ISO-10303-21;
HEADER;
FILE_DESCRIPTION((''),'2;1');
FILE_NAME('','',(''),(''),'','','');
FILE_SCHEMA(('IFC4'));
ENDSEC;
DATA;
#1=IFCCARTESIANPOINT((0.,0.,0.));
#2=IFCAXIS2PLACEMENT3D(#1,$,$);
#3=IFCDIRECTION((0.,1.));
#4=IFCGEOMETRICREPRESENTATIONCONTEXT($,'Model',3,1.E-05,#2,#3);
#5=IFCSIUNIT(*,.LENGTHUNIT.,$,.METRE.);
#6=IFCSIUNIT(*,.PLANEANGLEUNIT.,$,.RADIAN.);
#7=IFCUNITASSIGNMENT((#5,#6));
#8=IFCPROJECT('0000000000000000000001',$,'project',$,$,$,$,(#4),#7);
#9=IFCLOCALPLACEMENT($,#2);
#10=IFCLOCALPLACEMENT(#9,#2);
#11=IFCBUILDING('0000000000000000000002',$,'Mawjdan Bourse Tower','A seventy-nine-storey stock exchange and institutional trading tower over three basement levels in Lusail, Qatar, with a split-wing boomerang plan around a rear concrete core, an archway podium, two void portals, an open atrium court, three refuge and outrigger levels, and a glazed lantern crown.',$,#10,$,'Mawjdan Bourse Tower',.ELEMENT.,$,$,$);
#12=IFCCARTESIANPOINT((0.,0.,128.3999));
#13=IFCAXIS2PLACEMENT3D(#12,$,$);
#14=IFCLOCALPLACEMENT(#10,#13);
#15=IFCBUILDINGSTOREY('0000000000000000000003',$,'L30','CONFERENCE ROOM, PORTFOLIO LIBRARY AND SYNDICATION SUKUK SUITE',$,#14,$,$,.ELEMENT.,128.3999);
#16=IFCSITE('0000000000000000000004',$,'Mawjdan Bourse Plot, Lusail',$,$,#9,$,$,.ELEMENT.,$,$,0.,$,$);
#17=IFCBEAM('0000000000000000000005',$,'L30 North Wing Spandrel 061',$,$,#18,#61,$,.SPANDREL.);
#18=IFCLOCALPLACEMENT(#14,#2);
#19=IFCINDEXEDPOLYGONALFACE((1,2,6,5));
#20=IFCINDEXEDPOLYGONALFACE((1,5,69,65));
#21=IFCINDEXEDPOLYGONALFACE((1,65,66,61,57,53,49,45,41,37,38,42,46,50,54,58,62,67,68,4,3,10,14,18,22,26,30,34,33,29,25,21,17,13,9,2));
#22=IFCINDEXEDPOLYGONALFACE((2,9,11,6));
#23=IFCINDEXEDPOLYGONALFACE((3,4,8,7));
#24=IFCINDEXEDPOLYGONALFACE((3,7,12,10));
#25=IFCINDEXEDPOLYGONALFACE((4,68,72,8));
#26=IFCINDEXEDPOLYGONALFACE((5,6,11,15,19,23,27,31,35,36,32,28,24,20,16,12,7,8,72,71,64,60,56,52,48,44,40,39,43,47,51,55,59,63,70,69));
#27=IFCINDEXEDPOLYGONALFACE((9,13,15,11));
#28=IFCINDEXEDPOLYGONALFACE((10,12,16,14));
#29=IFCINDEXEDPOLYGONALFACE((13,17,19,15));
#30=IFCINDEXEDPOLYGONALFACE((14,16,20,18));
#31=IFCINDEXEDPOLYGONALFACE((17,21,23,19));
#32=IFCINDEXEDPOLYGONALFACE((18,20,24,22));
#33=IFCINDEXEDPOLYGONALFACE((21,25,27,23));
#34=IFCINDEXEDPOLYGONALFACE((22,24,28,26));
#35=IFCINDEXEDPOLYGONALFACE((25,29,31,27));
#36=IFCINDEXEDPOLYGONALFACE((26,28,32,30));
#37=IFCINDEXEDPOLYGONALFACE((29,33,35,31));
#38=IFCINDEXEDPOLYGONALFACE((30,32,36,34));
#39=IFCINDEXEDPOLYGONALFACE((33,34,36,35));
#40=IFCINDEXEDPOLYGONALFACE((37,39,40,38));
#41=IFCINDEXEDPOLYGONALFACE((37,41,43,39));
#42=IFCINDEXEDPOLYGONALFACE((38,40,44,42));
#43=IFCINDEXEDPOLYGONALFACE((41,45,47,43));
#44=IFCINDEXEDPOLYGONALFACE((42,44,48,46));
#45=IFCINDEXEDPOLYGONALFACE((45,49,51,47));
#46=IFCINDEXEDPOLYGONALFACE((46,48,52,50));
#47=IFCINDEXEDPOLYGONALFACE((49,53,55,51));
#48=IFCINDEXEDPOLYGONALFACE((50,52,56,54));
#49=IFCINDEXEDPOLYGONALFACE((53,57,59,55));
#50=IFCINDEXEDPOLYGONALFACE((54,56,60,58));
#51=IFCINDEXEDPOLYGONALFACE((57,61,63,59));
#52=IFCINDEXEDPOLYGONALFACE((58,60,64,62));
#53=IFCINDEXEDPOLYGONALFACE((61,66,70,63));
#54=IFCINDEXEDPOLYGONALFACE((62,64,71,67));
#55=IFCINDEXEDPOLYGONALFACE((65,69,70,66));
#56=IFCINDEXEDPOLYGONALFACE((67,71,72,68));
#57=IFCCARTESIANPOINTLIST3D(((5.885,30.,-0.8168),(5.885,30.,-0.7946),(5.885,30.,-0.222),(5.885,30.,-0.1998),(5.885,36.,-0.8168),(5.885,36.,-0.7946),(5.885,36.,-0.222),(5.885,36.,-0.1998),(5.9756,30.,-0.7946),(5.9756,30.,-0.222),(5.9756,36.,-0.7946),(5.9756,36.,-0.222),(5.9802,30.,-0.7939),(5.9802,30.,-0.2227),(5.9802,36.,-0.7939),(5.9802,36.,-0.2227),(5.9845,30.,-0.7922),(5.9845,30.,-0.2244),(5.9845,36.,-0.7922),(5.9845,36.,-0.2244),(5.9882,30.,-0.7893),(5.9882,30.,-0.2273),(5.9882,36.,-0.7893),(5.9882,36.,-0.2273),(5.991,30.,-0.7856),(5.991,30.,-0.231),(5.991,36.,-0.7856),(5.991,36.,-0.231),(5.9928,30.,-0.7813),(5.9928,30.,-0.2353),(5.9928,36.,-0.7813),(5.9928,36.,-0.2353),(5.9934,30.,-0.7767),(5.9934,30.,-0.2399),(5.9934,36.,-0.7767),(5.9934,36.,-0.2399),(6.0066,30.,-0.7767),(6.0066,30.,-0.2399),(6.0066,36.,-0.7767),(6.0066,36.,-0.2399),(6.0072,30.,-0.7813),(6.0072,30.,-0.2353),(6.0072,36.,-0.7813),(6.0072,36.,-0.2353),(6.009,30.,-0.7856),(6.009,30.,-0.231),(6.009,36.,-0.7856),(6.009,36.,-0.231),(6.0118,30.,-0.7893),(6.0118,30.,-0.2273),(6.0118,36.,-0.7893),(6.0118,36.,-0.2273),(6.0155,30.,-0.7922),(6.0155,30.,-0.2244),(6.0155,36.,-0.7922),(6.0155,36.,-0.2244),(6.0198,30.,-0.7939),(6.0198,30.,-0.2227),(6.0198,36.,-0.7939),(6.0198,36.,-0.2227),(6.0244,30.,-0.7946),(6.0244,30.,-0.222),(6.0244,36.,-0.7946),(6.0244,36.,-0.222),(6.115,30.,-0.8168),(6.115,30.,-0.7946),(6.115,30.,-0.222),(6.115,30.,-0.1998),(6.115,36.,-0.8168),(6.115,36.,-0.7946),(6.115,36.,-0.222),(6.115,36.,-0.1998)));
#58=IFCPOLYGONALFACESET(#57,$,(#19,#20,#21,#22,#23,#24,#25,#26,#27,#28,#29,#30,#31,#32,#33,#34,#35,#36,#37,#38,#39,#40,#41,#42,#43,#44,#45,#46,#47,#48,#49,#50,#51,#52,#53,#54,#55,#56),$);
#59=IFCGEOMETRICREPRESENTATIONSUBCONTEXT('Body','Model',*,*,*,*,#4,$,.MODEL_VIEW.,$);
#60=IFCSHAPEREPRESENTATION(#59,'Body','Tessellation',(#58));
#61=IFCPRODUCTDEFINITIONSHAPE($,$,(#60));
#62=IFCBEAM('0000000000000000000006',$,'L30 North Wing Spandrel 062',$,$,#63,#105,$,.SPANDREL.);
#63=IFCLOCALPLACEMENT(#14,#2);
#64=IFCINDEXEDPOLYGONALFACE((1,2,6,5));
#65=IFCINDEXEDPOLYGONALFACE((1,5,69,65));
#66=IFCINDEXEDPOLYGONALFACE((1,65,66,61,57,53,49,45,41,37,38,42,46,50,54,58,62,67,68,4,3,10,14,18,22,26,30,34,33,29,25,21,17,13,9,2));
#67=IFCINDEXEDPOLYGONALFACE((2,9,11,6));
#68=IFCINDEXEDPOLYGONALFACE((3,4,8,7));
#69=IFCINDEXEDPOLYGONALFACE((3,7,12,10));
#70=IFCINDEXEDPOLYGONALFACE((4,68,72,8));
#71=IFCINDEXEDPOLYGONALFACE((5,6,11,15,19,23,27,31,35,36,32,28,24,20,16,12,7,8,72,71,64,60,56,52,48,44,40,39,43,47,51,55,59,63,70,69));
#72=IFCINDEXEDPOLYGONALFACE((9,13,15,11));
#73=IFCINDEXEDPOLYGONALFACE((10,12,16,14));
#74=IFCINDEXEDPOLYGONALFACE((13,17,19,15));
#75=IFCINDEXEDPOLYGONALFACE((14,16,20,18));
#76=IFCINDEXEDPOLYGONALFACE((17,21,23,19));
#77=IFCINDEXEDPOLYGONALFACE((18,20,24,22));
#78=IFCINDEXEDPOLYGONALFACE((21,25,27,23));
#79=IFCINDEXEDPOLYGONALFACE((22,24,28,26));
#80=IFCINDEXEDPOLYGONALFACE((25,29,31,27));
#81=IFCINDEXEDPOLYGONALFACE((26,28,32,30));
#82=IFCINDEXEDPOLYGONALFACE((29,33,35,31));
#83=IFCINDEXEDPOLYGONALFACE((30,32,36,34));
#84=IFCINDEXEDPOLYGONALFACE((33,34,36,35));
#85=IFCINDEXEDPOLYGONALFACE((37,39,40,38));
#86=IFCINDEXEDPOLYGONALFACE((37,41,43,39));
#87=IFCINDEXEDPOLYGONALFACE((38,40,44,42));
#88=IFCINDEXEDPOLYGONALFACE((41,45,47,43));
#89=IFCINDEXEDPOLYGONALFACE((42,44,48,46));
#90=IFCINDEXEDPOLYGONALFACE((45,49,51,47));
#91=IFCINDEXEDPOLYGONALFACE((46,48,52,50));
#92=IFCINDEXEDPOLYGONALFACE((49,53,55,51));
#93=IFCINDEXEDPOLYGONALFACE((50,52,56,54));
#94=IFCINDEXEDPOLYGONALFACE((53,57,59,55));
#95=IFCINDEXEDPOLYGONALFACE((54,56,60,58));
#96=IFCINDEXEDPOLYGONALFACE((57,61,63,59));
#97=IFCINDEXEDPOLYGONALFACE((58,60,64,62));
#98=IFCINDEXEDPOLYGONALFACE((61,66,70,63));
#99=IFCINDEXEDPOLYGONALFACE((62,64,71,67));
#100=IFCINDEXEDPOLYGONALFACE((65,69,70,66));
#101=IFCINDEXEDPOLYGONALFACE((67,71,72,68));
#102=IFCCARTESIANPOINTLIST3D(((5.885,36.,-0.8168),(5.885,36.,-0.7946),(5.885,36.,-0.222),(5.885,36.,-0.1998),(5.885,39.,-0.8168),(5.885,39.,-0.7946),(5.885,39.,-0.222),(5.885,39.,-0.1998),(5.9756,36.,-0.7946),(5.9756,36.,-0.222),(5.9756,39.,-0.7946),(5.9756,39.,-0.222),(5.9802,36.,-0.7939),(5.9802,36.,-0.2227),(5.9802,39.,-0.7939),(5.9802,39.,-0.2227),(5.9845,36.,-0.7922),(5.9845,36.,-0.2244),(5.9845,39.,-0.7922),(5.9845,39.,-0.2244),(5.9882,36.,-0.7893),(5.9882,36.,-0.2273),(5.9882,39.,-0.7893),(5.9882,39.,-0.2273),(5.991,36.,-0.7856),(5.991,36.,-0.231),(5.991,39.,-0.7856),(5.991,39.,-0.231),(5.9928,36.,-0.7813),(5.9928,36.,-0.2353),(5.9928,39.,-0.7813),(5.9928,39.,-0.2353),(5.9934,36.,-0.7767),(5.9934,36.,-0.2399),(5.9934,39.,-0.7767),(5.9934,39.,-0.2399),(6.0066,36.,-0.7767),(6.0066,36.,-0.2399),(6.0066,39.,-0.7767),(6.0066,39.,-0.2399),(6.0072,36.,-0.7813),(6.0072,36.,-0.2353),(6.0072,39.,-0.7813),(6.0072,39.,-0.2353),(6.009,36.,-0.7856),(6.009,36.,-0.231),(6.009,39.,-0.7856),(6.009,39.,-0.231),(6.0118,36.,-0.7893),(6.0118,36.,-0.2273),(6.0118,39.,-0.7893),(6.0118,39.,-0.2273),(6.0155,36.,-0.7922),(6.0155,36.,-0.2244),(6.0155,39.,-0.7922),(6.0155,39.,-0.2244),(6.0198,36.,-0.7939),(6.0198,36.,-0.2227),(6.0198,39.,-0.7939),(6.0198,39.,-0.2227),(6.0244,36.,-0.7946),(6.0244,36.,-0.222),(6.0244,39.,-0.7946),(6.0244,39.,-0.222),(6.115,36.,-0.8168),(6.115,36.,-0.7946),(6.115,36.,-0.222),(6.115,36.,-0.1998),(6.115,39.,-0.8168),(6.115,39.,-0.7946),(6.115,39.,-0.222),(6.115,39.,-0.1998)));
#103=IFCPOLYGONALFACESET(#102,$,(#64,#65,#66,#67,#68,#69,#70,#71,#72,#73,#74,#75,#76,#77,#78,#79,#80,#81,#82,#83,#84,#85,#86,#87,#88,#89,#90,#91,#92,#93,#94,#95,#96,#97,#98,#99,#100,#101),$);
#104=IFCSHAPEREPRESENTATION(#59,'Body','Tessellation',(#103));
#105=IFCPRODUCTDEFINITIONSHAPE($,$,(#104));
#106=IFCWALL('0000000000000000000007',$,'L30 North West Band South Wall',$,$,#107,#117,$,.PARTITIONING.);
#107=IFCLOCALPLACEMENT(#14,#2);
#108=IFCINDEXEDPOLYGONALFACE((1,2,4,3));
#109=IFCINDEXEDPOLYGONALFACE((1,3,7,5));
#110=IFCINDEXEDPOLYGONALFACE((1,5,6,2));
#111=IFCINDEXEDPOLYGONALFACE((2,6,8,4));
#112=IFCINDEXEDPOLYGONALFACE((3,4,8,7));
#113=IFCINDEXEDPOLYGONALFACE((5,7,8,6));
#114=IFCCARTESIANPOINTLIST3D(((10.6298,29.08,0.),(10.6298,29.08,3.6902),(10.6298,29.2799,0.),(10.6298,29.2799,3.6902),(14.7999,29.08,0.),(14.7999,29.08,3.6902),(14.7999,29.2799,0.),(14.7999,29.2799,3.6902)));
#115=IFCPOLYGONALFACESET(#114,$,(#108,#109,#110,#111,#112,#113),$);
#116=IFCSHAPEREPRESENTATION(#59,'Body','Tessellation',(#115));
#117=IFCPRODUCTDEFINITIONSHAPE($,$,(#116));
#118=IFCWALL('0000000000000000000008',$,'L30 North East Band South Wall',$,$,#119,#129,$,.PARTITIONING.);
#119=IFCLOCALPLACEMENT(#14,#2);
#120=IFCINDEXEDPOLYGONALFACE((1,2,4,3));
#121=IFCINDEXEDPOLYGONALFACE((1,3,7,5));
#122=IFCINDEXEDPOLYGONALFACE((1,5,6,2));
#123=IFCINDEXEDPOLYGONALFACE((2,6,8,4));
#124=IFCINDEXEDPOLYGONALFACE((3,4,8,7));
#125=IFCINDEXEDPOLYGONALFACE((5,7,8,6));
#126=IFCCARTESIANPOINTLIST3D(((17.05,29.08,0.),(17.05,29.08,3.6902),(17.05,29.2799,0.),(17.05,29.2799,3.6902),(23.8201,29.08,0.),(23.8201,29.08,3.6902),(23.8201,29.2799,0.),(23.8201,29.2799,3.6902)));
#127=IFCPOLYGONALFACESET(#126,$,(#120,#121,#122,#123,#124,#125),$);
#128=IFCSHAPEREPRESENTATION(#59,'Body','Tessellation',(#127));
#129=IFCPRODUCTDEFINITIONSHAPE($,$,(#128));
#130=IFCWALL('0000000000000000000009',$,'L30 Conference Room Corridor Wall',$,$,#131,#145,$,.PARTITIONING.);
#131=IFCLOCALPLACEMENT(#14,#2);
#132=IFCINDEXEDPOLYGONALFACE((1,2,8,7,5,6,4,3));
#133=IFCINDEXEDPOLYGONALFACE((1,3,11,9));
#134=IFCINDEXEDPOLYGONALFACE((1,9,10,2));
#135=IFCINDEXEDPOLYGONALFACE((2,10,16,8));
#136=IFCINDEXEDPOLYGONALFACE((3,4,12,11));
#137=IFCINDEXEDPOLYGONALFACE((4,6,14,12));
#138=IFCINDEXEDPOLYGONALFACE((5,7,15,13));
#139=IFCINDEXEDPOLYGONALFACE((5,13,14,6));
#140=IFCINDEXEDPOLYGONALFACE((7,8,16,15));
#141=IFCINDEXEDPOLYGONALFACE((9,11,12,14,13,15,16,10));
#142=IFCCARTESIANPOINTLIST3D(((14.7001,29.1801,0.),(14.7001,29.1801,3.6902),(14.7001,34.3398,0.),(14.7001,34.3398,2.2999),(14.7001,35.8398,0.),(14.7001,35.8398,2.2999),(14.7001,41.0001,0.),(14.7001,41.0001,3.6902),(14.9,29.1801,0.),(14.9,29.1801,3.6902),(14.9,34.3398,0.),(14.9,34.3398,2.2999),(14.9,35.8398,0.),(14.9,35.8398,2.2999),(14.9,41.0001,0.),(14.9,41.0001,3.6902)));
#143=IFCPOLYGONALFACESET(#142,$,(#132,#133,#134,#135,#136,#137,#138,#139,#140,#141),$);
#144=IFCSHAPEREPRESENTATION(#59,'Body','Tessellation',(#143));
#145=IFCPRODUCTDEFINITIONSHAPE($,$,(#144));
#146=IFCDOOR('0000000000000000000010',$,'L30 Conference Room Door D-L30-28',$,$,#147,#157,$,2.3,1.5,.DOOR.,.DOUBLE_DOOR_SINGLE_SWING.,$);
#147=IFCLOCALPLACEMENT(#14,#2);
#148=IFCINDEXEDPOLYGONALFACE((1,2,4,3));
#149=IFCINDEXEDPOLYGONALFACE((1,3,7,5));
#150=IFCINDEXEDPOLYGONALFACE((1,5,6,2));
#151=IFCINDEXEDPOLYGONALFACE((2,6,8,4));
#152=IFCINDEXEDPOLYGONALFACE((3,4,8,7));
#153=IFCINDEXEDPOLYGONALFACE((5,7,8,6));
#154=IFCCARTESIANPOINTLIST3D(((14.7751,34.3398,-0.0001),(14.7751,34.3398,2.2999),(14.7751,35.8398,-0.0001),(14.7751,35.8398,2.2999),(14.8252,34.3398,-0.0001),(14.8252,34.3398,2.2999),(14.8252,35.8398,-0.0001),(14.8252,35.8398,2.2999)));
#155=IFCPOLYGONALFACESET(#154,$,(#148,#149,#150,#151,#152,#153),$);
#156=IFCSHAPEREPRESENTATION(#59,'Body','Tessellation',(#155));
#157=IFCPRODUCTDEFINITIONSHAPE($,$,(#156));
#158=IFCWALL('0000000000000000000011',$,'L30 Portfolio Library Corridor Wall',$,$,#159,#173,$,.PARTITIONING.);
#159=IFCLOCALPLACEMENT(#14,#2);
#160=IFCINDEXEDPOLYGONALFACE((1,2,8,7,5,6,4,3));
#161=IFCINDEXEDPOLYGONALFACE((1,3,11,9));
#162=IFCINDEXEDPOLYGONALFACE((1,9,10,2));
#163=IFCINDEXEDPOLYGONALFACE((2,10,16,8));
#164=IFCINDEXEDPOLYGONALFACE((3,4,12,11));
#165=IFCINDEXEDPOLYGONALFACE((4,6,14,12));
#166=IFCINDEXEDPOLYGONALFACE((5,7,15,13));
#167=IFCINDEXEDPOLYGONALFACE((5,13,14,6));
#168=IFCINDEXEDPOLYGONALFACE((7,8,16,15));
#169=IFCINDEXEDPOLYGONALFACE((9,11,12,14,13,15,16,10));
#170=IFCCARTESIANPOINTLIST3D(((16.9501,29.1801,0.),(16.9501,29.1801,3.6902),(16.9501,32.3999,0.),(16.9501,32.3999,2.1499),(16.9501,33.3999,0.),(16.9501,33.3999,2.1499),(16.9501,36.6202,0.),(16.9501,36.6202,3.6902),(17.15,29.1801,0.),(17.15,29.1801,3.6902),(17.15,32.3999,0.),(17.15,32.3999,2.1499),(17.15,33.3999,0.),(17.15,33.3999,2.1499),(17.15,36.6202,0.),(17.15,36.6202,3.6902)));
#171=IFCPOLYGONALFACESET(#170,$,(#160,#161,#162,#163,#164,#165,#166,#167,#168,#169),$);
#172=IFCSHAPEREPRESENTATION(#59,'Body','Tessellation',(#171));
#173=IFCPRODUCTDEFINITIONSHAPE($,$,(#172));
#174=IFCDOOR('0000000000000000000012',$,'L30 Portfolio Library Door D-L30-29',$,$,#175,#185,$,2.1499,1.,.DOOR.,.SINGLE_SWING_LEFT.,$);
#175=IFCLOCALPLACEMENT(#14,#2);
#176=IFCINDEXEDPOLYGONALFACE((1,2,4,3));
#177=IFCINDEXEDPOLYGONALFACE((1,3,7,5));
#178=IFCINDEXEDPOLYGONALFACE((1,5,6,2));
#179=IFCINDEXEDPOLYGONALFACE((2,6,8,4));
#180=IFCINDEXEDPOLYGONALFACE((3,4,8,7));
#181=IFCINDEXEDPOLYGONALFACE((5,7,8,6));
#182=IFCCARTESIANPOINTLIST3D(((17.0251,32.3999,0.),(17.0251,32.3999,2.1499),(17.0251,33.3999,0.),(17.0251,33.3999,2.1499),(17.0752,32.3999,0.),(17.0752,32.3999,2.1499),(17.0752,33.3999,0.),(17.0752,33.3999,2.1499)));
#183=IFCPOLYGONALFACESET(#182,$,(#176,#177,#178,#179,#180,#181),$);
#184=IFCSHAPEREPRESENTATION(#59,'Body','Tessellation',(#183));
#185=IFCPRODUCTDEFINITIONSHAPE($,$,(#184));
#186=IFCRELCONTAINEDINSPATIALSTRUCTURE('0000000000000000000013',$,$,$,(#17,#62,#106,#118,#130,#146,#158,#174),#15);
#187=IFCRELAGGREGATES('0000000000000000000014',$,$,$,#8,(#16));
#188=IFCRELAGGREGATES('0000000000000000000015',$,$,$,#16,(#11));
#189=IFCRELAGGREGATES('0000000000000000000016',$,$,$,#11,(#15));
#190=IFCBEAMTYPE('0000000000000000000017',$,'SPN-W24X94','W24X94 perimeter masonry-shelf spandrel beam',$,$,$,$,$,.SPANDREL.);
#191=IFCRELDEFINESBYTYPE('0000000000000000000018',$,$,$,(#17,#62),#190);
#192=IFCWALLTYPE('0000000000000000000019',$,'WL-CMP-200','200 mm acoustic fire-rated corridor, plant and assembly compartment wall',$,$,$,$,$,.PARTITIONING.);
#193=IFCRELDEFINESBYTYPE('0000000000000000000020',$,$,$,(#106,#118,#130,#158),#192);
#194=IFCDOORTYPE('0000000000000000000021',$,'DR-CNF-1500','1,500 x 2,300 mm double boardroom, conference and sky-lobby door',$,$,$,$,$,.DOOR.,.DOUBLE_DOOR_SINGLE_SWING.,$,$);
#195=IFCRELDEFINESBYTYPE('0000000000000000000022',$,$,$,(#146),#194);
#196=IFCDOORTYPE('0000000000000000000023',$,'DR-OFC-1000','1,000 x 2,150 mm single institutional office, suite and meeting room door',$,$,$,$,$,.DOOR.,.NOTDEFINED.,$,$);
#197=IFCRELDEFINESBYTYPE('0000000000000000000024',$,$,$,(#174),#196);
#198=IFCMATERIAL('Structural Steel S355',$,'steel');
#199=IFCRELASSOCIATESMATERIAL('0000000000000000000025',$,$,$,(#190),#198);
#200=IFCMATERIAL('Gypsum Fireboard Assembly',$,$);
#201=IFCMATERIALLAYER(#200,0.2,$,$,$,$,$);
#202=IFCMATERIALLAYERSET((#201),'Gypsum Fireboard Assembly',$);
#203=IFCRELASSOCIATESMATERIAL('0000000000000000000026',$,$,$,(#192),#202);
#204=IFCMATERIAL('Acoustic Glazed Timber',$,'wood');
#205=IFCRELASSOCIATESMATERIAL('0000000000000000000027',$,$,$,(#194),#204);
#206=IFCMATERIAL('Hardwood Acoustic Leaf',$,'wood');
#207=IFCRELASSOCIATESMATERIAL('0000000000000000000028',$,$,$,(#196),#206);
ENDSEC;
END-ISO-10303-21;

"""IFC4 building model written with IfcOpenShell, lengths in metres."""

from ifc_helpers import new_model, si_unit, direction, frame, frame_2d, origin, origin_2d, place, context, subcontext, project, spatial, rectangle, i_section, extrude, material, layer, layer_set, material_profile, profile_set, type_object, element, fill, save


model = new_model("IFC4")

# Units and contexts
model_context = context("Model", 3, precision=1e-05, world=origin(), true_north=direction((0.0, 1.0)))
body_context = subcontext(model_context, "Body", "Model", "MODEL_VIEW")
ifc_project = project(units=[si_unit("LENGTHUNIT", "METRE"), si_unit("PLANEANGLEUNIT", "RADIAN")], contexts=[model_context])

# Site, building, storey
site_placement = place(None, origin())
site = spatial("IfcSite", under=ifc_project, at=site_placement, Name="Mawjdan Bourse Plot, Lusail", CompositionType="ELEMENT", RefElevation=0.0)
building_placement = place(site_placement, origin())
building = spatial("IfcBuilding", under=site, at=building_placement, Name="Mawjdan Bourse Tower", Description="A seventy-nine-storey stock exchange and institutional trading tower over three basement levels in Lusail, Qatar, with a split-wing boomerang plan around a rear concrete core, an archway podium, two void portals, an open atrium court, three refuge and outrigger levels, and a glazed lantern crown.", LongName="Mawjdan Bourse Tower", CompositionType="ELEMENT")
storey_placement = place(building_placement, frame((0.0, 0.0, 128.3999)))
storey = spatial("IfcBuildingStorey", under=building, at=storey_placement, Name="L30", Description="CONFERENCE ROOM, PORTFOLIO LIBRARY AND SYNDICATION SUKUK SUITE", CompositionType="ELEMENT", Elevation=128.3999)

# Beams
ifc_material_1 = material(Name="Structural Steel S355", Category="steel")
ifc_material_profile_1 = material_profile(ifc_material_1, i_section(OverallWidth=0.23, OverallDepth=0.6169, WebThickness=0.0132, FlangeThickness=0.0222, FilletRadius=0.0178, at=origin_2d()), Name="W24X94")
ifc_profile_set_1 = profile_set([ifc_material_profile_1], Name="Structural Steel S355")
beam_type_1 = type_object("IfcBeamType", Name="SPN-W24X94", Description="W24X94 perimeter masonry-shelf spandrel beam", PredefinedType="SPANDREL", material=ifc_profile_set_1)
beam_1_placement = place(storey_placement, frame((6.0, 30.0, -0.5083), z_axis=(0.0, 1.0, 0.0), x_axis=(-1.0, 0.0, 0.0)))
element("IfcBeam", 1, at=beam_1_placement, inside=storey, type_object=beam_type_1, Name="L30 North Wing Spandrel 061", PredefinedType="SPANDREL", context=body_context, shape_type="SweptSolid", body=[
    extrude(i_section(OverallWidth=0.23, OverallDepth=0.6169, WebThickness=0.0132, FlangeThickness=0.0222, FilletRadius=0.0178, at=origin_2d()), origin(), (0.0, 0.0, 1.0), 6.0),
])
beam_2_placement = place(storey_placement, frame((6.0, 36.0, -0.5083), z_axis=(0.0, 1.0, 0.0), x_axis=(-1.0, 0.0, 0.0)))
element("IfcBeam", 2, at=beam_2_placement, inside=storey, type_object=beam_type_1, Name="L30 North Wing Spandrel 062", PredefinedType="SPANDREL", context=body_context, shape_type="SweptSolid", body=[
    extrude(i_section(OverallWidth=0.23, OverallDepth=0.6169, WebThickness=0.0132, FlangeThickness=0.0222, FilletRadius=0.0178, at=origin_2d()), origin(), (0.0, 0.0, 1.0), 3.0),
])

# Walls
ifc_material_2 = material(Name="Gypsum Fireboard Assembly")
ifc_layer_1 = layer(ifc_material_2, 0.2)
ifc_layer_set_1 = layer_set([ifc_layer_1], Name="Gypsum Fireboard Assembly")
wall_type = type_object("IfcWallType", Name="WL-CMP-200", Description="200 mm acoustic fire-rated corridor, plant and assembly compartment wall", PredefinedType="PARTITIONING", material=ifc_layer_set_1)
wall_1_placement = place(storey_placement, frame((10.6299, 29.1799, 0.0), z_axis=(0.0, 0.0, 1.0), x_axis=(1.0, 0.0, 0.0)))
element("IfcWall", 3, at=wall_1_placement, inside=storey, type_object=wall_type, Name="L30 North West Band South Wall", PredefinedType="PARTITIONING", context=body_context, shape_type="SweptSolid", body=[
    extrude(rectangle(XDim=4.1702, YDim=0.2, at=frame_2d((2.085, 0.0))), origin(), (0.0, 0.0, 1.0), 3.6902),
])
wall_2_placement = place(storey_placement, frame((17.05, 29.1799, 0.0), z_axis=(0.0, 0.0, 1.0), x_axis=(1.0, 0.0, 0.0)))
element("IfcWall", 4, at=wall_2_placement, inside=storey, type_object=wall_type, Name="L30 North East Band South Wall", PredefinedType="PARTITIONING", context=body_context, shape_type="SweptSolid", body=[
    extrude(rectangle(XDim=6.77, YDim=0.2, at=frame_2d((3.385, 0.0))), origin(), (0.0, 0.0, 1.0), 3.6902),
])

# Walls, openings, doors
wall_3_placement = place(storey_placement, frame((14.8, 29.1799, 0.0), z_axis=(0.0, 0.0, 1.0), x_axis=(0.0, 1.0, 0.0)))
wall_3 = element("IfcWall", 5, at=wall_3_placement, inside=storey, type_object=wall_type, Name="L30 Conference Room Corridor Wall", PredefinedType="PARTITIONING", context=body_context, shape_type="SweptSolid", body=[
    extrude(rectangle(XDim=11.8201, YDim=0.2, at=frame_2d((5.9102, 0.0))), origin(), (0.0, 0.0, 1.0), 3.6902),
])
opening_1_placement = place(wall_3_placement, frame((5.1599, 0.0, 0.0)))
opening_1 = element("IfcOpeningElement", 6, at=opening_1_placement, cuts=wall_3, PredefinedType="OPENING", context=body_context, shape_type="SweptSolid", body=[
    extrude(rectangle(XDim=1.5, YDim=2.3, at=frame_2d((0.75, 1.1499))), frame((0.0, 0.1099, 0.0), z_axis=(0.0, -1.0, 0.0), x_axis=(1.0, 0.0, 0.0)), (0.0, 0.0, 1.0), 0.22),
])
ifc_material_3 = material(Name="Acoustic Glazed Timber", Category="wood")
door_type_1 = type_object("IfcDoorType", Name="DR-CNF-1500", Description="1,500 x 2,300 mm double boardroom, conference and sky-lobby door", OperationType="DOUBLE_DOOR_SINGLE_SWING", PredefinedType="DOOR", material=ifc_material_3)
door_1_placement = place(opening_1_placement, origin())
door_1 = element("IfcDoor", 7, at=door_1_placement, inside=storey, type_object=door_type_1, Name="L30 Conference Room Door D-L30-28", OperationType="DOUBLE_DOOR_SINGLE_SWING", OverallHeight=2.3, OverallWidth=1.5, PredefinedType="DOOR", context=body_context, shape_type="SweptSolid", body=[
    extrude(rectangle(XDim=1.5, YDim=2.3, at=frame_2d((0.75, 1.1499))), frame((0.0, 0.0249, 0.0), z_axis=(0.0, -1.0, 0.0), x_axis=(1.0, 0.0, 0.0)), (0.0, 0.0, 1.0), 0.05),
])
fill(opening_1, door_1)
wall_4_placement = place(storey_placement, frame((17.05, 29.1799, 0.0), z_axis=(0.0, 0.0, 1.0), x_axis=(0.0, 1.0, 0.0)))
wall_4 = element("IfcWall", 8, at=wall_4_placement, inside=storey, type_object=wall_type, Name="L30 Portfolio Library Corridor Wall", PredefinedType="PARTITIONING", context=body_context, shape_type="SweptSolid", body=[
    extrude(rectangle(XDim=7.4402, YDim=0.2, at=frame_2d((3.7202, 0.0))), origin(), (0.0, 0.0, 1.0), 3.6902),
])
opening_2_placement = place(wall_4_placement, frame((3.22, 0.0, 0.0)))
opening_2 = element("IfcOpeningElement", 9, at=opening_2_placement, cuts=wall_4, PredefinedType="OPENING", context=body_context, shape_type="SweptSolid", body=[
    extrude(rectangle(XDim=1.0, YDim=2.1499, at=frame_2d((0.5, 1.075))), frame((0.0, 0.1099, 0.0), z_axis=(0.0, -1.0, 0.0), x_axis=(1.0, 0.0, 0.0)), (0.0, 0.0, 1.0), 0.22),
])
ifc_material_4 = material(Name="Hardwood Acoustic Leaf", Category="wood")
door_type_2 = type_object("IfcDoorType", Name="DR-OFC-1000", Description="1,000 x 2,150 mm single institutional office, suite and meeting room door", OperationType="NOTDEFINED", PredefinedType="DOOR", material=ifc_material_4)
door_2_placement = place(opening_2_placement, origin())
door_2 = element("IfcDoor", 10, at=door_2_placement, inside=storey, type_object=door_type_2, Name="L30 Portfolio Library Door D-L30-29", OperationType="SINGLE_SWING_LEFT", OverallHeight=2.1499, OverallWidth=1.0, PredefinedType="DOOR", context=body_context, shape_type="SweptSolid", body=[
    extrude(rectangle(XDim=1.0, YDim=2.1499, at=frame_2d((0.5, 1.075))), frame((0.0, 0.0249, 0.0), z_axis=(0.0, -1.0, 0.0), x_axis=(1.0, 0.0, 0.0)), (0.0, 0.0, 1.0), 0.05),
])
fill(opening_2, door_2)

save(model, "model.ifc")
